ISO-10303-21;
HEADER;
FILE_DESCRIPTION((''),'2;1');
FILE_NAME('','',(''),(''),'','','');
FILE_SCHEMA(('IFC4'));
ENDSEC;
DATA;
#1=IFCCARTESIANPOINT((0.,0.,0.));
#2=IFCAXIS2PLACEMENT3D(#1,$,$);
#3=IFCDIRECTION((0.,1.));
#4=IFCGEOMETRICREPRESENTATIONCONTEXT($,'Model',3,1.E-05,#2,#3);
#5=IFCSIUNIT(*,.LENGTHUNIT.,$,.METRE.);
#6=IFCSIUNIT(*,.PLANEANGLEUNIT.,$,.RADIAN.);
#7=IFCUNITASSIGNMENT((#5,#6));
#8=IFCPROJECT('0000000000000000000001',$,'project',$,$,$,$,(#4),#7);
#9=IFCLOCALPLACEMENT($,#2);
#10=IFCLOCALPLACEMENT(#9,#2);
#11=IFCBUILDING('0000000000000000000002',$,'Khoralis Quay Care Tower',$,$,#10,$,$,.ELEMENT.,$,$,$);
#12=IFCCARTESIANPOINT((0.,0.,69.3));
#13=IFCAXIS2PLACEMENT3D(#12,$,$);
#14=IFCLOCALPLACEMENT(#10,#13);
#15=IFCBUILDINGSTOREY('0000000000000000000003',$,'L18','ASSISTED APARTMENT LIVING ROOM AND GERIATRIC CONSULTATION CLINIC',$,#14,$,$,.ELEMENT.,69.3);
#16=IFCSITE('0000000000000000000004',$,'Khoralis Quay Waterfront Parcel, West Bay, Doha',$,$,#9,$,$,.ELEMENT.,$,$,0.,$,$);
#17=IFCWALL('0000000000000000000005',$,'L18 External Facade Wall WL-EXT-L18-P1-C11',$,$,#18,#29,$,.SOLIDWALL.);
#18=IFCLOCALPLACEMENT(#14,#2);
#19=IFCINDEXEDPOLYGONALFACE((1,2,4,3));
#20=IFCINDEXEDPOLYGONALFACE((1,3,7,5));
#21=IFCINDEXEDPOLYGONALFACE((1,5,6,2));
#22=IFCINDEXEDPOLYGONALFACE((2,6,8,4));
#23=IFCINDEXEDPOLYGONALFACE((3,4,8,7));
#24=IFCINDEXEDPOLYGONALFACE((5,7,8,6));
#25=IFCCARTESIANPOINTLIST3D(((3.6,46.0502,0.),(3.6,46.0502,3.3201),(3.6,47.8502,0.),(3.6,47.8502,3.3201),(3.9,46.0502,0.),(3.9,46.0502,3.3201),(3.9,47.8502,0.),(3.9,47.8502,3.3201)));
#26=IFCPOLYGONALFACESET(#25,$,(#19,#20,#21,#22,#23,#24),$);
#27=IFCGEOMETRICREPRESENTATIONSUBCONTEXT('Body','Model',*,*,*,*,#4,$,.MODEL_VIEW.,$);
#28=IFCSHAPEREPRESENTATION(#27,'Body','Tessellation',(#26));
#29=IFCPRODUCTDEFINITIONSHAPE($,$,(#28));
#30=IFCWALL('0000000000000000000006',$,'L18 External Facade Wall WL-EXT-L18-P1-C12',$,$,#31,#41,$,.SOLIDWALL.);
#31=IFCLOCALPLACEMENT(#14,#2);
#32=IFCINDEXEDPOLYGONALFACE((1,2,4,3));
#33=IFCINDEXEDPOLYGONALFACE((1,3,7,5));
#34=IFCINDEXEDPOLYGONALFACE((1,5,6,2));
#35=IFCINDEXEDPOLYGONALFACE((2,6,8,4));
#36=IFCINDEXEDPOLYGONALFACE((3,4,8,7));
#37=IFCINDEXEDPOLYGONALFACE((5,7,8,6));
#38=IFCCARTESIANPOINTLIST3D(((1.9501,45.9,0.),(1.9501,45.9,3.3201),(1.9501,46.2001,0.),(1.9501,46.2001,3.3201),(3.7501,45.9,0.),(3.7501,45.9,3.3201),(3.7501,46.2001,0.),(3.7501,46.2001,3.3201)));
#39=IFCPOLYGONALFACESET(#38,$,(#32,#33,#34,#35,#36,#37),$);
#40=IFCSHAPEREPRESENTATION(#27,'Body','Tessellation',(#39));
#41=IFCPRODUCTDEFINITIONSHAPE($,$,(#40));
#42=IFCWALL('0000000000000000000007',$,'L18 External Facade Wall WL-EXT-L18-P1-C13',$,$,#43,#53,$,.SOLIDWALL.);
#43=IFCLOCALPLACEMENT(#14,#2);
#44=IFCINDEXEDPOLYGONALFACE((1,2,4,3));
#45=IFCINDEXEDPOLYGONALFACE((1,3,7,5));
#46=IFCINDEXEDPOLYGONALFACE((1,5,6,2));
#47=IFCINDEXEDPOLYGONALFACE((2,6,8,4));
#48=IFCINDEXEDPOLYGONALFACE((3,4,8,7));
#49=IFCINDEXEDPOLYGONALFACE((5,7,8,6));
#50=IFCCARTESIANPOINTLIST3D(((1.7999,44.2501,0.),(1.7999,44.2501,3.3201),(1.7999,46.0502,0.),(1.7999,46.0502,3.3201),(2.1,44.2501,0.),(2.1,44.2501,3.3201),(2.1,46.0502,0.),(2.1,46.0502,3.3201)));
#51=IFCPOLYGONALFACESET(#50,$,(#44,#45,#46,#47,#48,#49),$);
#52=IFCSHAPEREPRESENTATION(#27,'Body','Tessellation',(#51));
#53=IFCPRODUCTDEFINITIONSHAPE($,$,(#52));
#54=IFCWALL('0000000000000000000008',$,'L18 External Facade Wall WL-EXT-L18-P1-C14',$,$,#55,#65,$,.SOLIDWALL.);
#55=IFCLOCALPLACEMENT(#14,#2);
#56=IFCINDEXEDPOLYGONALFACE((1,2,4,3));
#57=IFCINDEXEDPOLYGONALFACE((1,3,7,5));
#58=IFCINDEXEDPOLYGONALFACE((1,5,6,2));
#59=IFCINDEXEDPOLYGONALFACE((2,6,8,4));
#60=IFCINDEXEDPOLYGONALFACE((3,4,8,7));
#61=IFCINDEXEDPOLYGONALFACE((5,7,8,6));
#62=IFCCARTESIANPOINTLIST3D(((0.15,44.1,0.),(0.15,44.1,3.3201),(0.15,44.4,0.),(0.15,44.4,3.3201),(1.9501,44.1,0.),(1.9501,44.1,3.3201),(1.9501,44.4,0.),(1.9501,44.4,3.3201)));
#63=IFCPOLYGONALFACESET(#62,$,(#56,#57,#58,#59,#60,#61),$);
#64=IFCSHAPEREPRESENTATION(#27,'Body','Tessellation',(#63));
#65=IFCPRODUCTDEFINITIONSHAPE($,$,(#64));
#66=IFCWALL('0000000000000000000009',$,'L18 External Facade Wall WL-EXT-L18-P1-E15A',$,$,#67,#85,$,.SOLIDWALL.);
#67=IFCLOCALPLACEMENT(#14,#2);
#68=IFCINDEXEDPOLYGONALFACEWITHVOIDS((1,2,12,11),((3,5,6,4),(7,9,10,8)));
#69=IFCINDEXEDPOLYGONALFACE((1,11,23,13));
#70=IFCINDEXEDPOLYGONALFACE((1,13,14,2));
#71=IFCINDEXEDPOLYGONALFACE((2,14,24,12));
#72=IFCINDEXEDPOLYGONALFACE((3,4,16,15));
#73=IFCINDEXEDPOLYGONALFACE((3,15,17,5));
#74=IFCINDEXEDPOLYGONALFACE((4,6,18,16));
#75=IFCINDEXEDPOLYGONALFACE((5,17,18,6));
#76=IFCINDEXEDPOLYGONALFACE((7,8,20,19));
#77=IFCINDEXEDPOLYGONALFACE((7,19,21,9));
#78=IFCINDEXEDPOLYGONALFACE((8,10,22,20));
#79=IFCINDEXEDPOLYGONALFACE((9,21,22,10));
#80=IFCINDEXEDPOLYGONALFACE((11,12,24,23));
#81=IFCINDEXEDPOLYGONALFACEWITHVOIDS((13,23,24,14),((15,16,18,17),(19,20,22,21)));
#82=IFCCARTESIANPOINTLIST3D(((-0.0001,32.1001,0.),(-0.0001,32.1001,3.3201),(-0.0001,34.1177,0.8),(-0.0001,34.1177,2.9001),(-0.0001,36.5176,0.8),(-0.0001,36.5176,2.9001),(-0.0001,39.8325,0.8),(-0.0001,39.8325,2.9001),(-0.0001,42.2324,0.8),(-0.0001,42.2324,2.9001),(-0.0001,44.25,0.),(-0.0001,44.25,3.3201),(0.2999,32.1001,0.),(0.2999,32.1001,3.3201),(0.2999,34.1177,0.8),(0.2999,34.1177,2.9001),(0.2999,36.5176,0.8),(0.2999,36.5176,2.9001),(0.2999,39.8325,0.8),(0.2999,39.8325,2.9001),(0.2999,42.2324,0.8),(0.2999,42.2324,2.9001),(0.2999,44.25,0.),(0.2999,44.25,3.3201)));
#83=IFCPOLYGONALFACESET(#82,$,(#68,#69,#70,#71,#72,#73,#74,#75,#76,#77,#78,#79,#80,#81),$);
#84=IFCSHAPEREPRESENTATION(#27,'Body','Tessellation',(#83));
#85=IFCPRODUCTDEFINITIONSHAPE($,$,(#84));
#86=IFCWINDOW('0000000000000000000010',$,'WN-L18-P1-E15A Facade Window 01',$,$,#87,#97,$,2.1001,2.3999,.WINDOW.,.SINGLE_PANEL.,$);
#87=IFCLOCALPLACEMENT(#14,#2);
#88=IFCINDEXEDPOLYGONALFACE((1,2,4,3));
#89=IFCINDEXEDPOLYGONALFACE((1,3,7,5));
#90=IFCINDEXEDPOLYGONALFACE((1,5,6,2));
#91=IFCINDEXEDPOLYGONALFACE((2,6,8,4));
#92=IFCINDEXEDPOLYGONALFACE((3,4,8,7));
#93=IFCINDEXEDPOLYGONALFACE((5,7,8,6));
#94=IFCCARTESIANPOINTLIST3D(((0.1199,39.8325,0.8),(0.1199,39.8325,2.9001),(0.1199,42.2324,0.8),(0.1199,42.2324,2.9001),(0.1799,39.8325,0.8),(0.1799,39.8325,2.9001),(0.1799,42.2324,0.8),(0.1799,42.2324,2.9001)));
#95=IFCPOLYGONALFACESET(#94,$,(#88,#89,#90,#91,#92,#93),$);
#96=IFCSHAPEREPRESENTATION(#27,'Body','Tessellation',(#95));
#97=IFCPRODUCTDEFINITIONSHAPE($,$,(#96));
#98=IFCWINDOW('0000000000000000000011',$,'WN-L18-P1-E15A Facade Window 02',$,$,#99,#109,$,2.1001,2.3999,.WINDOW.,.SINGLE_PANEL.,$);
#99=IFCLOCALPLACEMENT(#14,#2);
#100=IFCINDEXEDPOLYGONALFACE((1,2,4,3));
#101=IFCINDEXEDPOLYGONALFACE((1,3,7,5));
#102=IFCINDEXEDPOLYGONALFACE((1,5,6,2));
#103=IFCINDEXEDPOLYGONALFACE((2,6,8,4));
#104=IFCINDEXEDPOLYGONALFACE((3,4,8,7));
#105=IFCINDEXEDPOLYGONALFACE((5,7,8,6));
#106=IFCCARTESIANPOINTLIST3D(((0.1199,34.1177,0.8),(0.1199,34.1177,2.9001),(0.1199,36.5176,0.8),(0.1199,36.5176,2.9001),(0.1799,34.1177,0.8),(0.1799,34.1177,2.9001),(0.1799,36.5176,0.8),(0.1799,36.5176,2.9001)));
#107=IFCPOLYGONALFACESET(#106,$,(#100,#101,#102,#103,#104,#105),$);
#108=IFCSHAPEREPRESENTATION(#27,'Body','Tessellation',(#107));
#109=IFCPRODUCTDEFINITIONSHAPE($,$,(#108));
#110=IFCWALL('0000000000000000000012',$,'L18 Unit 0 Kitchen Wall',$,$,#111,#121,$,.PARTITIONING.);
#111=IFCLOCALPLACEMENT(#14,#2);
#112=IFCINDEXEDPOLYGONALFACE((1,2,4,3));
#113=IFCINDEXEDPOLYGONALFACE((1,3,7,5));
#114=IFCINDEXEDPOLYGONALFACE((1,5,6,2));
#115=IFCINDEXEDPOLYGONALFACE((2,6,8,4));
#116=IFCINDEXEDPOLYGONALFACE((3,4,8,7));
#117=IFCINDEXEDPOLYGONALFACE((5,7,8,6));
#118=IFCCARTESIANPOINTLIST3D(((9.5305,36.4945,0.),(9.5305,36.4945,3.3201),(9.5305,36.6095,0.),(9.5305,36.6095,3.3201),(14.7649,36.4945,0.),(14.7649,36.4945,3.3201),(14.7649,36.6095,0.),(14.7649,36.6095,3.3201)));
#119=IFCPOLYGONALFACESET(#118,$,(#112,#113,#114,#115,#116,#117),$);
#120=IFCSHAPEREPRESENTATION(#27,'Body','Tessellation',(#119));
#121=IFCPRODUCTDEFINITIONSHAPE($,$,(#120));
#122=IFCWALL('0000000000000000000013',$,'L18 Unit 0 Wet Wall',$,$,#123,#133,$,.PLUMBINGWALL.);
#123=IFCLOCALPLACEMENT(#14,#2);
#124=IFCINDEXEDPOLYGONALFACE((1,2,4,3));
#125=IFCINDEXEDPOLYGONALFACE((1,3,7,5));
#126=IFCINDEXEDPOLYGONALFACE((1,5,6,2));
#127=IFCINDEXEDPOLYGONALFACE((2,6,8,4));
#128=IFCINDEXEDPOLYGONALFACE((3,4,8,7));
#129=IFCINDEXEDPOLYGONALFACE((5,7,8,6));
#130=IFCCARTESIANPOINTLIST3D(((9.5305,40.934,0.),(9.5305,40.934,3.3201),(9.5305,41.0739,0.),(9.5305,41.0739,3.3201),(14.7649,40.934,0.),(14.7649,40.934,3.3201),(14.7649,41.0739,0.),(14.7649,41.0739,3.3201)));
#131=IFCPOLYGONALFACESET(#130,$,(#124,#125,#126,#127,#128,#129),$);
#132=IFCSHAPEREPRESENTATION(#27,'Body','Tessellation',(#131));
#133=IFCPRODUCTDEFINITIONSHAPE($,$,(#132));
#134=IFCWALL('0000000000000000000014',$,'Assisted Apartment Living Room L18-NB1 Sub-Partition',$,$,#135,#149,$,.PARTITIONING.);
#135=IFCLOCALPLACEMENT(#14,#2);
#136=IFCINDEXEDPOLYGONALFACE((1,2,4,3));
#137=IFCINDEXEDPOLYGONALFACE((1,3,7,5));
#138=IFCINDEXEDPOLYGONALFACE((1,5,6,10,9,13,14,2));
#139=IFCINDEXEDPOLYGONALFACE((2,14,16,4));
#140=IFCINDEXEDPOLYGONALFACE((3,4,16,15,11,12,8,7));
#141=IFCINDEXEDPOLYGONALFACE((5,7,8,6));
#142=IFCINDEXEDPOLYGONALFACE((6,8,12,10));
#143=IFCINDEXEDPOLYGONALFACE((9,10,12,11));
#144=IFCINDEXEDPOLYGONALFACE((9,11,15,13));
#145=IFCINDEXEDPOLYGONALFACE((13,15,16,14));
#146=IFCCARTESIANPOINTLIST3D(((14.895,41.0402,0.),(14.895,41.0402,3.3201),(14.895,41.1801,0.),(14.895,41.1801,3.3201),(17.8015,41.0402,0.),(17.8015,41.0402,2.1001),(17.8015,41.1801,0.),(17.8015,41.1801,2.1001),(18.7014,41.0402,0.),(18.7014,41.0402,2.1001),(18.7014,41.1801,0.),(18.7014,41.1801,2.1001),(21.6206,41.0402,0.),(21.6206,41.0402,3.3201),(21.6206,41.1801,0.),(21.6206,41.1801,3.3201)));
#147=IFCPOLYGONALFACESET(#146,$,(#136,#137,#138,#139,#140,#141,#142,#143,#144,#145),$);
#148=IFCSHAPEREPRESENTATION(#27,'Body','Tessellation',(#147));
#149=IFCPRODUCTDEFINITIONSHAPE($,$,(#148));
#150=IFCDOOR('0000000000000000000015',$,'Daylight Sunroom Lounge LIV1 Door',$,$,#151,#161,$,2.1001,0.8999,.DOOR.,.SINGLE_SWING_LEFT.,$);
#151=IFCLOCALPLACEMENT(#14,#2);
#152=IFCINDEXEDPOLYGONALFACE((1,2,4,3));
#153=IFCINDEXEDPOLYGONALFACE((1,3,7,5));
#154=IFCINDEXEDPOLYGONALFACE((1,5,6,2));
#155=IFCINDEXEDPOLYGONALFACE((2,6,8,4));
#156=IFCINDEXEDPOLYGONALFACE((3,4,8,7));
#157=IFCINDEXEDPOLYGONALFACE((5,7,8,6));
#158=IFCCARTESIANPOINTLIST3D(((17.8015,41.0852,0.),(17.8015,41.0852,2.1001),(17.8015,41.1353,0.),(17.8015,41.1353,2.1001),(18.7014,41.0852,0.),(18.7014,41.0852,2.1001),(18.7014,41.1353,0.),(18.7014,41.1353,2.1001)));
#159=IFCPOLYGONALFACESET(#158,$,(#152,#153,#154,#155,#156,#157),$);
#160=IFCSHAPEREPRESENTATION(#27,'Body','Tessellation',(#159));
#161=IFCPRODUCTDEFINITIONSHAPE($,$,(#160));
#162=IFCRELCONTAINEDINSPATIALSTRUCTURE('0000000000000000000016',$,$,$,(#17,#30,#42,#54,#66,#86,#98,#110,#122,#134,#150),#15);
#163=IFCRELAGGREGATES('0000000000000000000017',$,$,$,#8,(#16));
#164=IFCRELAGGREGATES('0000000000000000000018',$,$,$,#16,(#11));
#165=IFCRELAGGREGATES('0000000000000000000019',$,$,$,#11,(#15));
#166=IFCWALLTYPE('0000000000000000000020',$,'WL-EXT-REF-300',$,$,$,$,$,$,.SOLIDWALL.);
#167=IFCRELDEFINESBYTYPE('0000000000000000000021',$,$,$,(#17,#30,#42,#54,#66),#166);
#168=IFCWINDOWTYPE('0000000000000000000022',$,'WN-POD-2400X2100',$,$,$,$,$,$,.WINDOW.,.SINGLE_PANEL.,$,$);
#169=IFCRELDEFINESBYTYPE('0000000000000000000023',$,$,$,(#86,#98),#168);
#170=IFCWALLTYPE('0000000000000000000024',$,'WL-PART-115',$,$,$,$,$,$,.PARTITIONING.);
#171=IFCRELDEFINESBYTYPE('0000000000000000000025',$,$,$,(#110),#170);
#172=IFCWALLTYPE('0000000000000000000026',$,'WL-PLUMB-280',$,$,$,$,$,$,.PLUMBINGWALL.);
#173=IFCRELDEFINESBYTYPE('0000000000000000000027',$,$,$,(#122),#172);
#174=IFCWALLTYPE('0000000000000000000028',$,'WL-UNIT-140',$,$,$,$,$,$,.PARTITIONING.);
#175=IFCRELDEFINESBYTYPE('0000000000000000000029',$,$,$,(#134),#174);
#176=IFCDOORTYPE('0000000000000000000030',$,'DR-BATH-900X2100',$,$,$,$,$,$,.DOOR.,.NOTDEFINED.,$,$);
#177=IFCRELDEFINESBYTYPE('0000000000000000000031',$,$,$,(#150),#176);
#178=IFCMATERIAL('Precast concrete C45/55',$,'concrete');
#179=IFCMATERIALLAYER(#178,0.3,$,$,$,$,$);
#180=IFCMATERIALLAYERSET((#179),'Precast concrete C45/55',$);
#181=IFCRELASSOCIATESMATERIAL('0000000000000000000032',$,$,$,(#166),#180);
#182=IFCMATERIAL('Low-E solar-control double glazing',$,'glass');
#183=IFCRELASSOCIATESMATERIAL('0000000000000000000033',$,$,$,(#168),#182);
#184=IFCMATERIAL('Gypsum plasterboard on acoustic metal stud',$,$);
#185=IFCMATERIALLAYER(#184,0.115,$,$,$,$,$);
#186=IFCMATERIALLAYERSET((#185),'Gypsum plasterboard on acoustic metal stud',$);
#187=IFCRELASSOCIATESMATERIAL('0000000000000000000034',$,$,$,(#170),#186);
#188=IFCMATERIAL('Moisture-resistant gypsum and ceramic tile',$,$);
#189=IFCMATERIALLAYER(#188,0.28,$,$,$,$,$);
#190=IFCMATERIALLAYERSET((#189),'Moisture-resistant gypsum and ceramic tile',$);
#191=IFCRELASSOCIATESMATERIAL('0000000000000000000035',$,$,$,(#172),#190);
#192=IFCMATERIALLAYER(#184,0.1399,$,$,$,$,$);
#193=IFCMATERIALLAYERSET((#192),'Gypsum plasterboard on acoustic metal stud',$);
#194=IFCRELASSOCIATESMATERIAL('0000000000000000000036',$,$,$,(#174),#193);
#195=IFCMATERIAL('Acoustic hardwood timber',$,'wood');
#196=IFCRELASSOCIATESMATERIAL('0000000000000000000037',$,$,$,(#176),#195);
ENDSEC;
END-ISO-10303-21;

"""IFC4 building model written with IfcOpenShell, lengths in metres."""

from ifc_helpers import new_model, si_unit, direction, frame, frame_2d, origin, place, context, subcontext, project, spatial, rectangle, extrude, source, transform, mapped, material, layer, layer_set, type_object, element, fill, save


model = new_model("IFC4")

# Units and contexts
model_context = context("Model", 3, precision=1e-05, world=origin(), true_north=direction((0.0, 1.0)))
body_context = subcontext(model_context, "Body", "Model", "MODEL_VIEW")
ifc_project = project(units=[si_unit("LENGTHUNIT", "METRE"), si_unit("PLANEANGLEUNIT", "RADIAN")], contexts=[model_context])

# Site, building, storey
site_placement = place(None, origin())
site = spatial("IfcSite", under=ifc_project, at=site_placement, Name="Khoralis Quay Waterfront Parcel, West Bay, Doha", CompositionType="ELEMENT", RefElevation=0.0)
building_placement = place(site_placement, origin())
building = spatial("IfcBuilding", under=site, at=building_placement, Name="Khoralis Quay Care Tower", CompositionType="ELEMENT")
storey_placement = place(building_placement, frame((0.0, 0.0, 69.3)))
storey = spatial("IfcBuildingStorey", under=building, at=storey_placement, Name="L18", Description="ASSISTED APARTMENT LIVING ROOM AND GERIATRIC CONSULTATION CLINIC", CompositionType="ELEMENT", Elevation=69.3)

# Walls
ifc_material_1 = material(Name="Precast concrete C45/55", Category="concrete")
ifc_layer_1 = layer(ifc_material_1, 0.3)
ifc_layer_set_1 = layer_set([ifc_layer_1], Name="Precast concrete C45/55")
wall_type_1 = type_object("IfcWallType", Name="WL-EXT-REF-300", PredefinedType="SOLIDWALL", material=ifc_layer_set_1)
for number, where, z_axis, x_axis, name in (
    (1, (3.75, 47.8501, 0.0), (0.0, 0.0, 1.0), (0.0, -1.0, 0.0), "L18 External Facade Wall WL-EXT-L18-P1-C11"),
    (2, (3.75, 46.05, 0.0), (0.0, 0.0, 1.0), (-1.0, 0.0, 0.0), "L18 External Facade Wall WL-EXT-L18-P1-C12"),
    (3, (1.95, 46.05, 0.0), (0.0, 0.0, 1.0), (0.0, -1.0, 0.0), "L18 External Facade Wall WL-EXT-L18-P1-C13"),
    (4, (1.95, 44.25, 0.0), (0.0, 0.0, 1.0), (-1.0, 0.0, 0.0), "L18 External Facade Wall WL-EXT-L18-P1-C14"),
):
    element("IfcWall", number, at=place(storey_placement, frame(where, z_axis=z_axis, x_axis=x_axis)), inside=storey, type_object=wall_type_1, Name=name, PredefinedType="SOLIDWALL", context=body_context, shape_type="SweptSolid", body=[
        extrude(rectangle(XDim=1.8, YDim=0.3, at=frame_2d((0.8999, 0.0))), origin(), (0.0, 0.0, 1.0), 3.3201),
    ])

# Wall, openings, windows
wall_1_placement = place(storey_placement, frame((0.1499, 44.25, 0.0), z_axis=(0.0, 0.0, 1.0), x_axis=(0.0, -1.0, 0.0)))
wall_1 = element("IfcWall", 5, at=wall_1_placement, inside=storey, type_object=wall_type_1, Name="L18 External Facade Wall WL-EXT-L18-P1-E15A", PredefinedType="SOLIDWALL", context=body_context, shape_type="SweptSolid", body=[
    extrude(rectangle(XDim=12.1499, YDim=0.3, at=frame_2d((6.075, 0.0))), origin(), (0.0, 0.0, 1.0), 3.3201),
])
opening_1_placement = place(wall_1_placement, frame((2.0176, 0.0, 0.8)))
opening_1 = element("IfcOpeningElement", 6, at=opening_1_placement, cuts=wall_1, PredefinedType="OPENING", context=body_context, shape_type="SweptSolid", body=[
    extrude(rectangle(XDim=2.3999, YDim=2.1001, at=frame_2d((1.2, 1.05))), frame((0.0, 0.1602, 0.0), z_axis=(0.0, -1.0, 0.0), x_axis=(1.0, 0.0, 0.0)), (0.0, 0.0, 1.0), 0.3201),
])
opening_2_placement = place(wall_1_placement, frame((7.7324, 0.0, 0.8)))
opening_2 = element("IfcOpeningElement", 7, at=opening_2_placement, cuts=wall_1, PredefinedType="OPENING", context=body_context, shape_type="SweptSolid", body=[
    extrude(rectangle(XDim=2.3999, YDim=2.1001, at=frame_2d((1.2, 1.05))), frame((0.0, 0.1602, 0.0), z_axis=(0.0, -1.0, 0.0), x_axis=(1.0, 0.0, 0.0)), (0.0, 0.0, 1.0), 0.3201),
])
ifc_material_2 = material(Name="Low-E solar-control double glazing", Category="glass")
window_type = type_object("IfcWindowType", Name="WN-POD-2400X2100", PartitioningType="SINGLE_PANEL", PredefinedType="WINDOW", material=ifc_material_2)
shared_shape_1 = source(origin(), body_context, "Body", "SweptSolid", [
    extrude(rectangle(XDim=2.3999, YDim=2.1001, at=frame_2d((1.2, 1.05))), frame((0.0, 0.03, 0.0), z_axis=(0.0, -1.0, 0.0), x_axis=(1.0, 0.0, 0.0)), (0.0, 0.0, 1.0), 0.0601),
])
window_1_placement = place(opening_1_placement, origin())
window_1 = element("IfcWindow", 8, at=window_1_placement, inside=storey, type_object=window_type, Name="WN-L18-P1-E15A Facade Window 01", OverallHeight=2.1001, OverallWidth=2.3999, PartitioningType="SINGLE_PANEL", PredefinedType="WINDOW", context=body_context, shape_type="MappedRepresentation", body=[
    mapped(shared_shape_1, transform((0.0, 0.0, 0.0), scale=1.0)),
])
fill(opening_1, window_1)
window_2_placement = place(opening_2_placement, origin())
window_2 = element("IfcWindow", 9, at=window_2_placement, inside=storey, type_object=window_type, Name="WN-L18-P1-E15A Facade Window 02", OverallHeight=2.1001, OverallWidth=2.3999, PartitioningType="SINGLE_PANEL", PredefinedType="WINDOW", context=body_context, shape_type="MappedRepresentation", body=[
    mapped(shared_shape_1, transform((0.0, 0.0, 0.0), scale=1.0)),
])
fill(opening_2, window_2)

# Walls
ifc_material_3 = material(Name="Gypsum plasterboard on acoustic metal stud")
ifc_layer_2 = layer(ifc_material_3, 0.115)
ifc_layer_set_2 = layer_set([ifc_layer_2], Name="Gypsum plasterboard on acoustic metal stud")
wall_type_2 = type_object("IfcWallType", Name="WL-PART-115", PredefinedType="PARTITIONING", material=ifc_layer_set_2)
wall_2_placement = place(storey_placement, frame((9.5305, 36.552, 0.0), z_axis=(0.0, 0.0, 1.0), x_axis=(1.0, 0.0, 0.0)))
element("IfcWall", 10, at=wall_2_placement, inside=storey, type_object=wall_type_2, Name="L18 Unit 0 Kitchen Wall", PredefinedType="PARTITIONING", context=body_context, shape_type="SweptSolid", body=[
    extrude(rectangle(XDim=5.2344, YDim=0.115, at=frame_2d((2.6172, 0.0))), origin(), (0.0, 0.0, 1.0), 3.3201),
])
ifc_material_4 = material(Name="Moisture-resistant gypsum and ceramic tile")
ifc_layer_3 = layer(ifc_material_4, 0.28)
ifc_layer_set_3 = layer_set([ifc_layer_3], Name="Moisture-resistant gypsum and ceramic tile")
wall_type_3 = type_object("IfcWallType", Name="WL-PLUMB-280", PredefinedType="PLUMBINGWALL", material=ifc_layer_set_3)
wall_3_placement = place(storey_placement, frame((9.5305, 41.0039, 0.0), z_axis=(0.0, 0.0, 1.0), x_axis=(1.0, 0.0, 0.0)))
element("IfcWall", 11, at=wall_3_placement, inside=storey, type_object=wall_type_3, Name="L18 Unit 0 Wet Wall", PredefinedType="PLUMBINGWALL", context=body_context, shape_type="SweptSolid", body=[
    extrude(rectangle(XDim=5.2344, YDim=0.1399, at=frame_2d((2.6172, 0.0))), origin(), (0.0, 0.0, 1.0), 3.3201),
])

# Wall, opening, door
ifc_layer_4 = layer(ifc_material_3, 0.1399)
ifc_layer_set_4 = layer_set([ifc_layer_4], Name="Gypsum plasterboard on acoustic metal stud")
wall_type_4 = type_object("IfcWallType", Name="WL-UNIT-140", PredefinedType="PARTITIONING", material=ifc_layer_set_4)
wall_4_placement = place(storey_placement, frame((14.895, 41.1101, 0.0), z_axis=(0.0, 0.0, 1.0), x_axis=(1.0, 0.0, 0.0)))
wall_4 = element("IfcWall", 12, at=wall_4_placement, inside=storey, type_object=wall_type_4, Name="Assisted Apartment Living Room L18-NB1 Sub-Partition", PredefinedType="PARTITIONING", context=body_context, shape_type="SweptSolid", body=[
    extrude(rectangle(XDim=6.7256, YDim=0.1399, at=frame_2d((3.3628, 0.0))), origin(), (0.0, 0.0, 1.0), 3.3201),
])
opening_3_placement = place(wall_4_placement, frame((2.9065, 0.0, 0.0)))
opening_3 = element("IfcOpeningElement", 13, at=opening_3_placement, cuts=wall_4, PredefinedType="OPENING", context=body_context, shape_type="SweptSolid", body=[
    extrude(rectangle(XDim=0.8999, YDim=2.1001, at=frame_2d((0.45, 1.05))), frame((0.0, 0.0801, 0.0), z_axis=(0.0, -1.0, 0.0), x_axis=(1.0, 0.0, 0.0)), (0.0, 0.0, 1.0), 0.1599),
])
ifc_material_5 = material(Name="Acoustic hardwood timber", Category="wood")
door_type = type_object("IfcDoorType", Name="DR-BATH-900X2100", OperationType="NOTDEFINED", PredefinedType="DOOR", material=ifc_material_5)
shared_shape_2 = source(origin(), body_context, "Body", "SweptSolid", [
    extrude(rectangle(XDim=0.8999, YDim=2.1001, at=frame_2d((0.45, 1.05))), frame((0.0, 0.0249, 0.0), z_axis=(0.0, -1.0, 0.0), x_axis=(1.0, 0.0, 0.0)), (0.0, 0.0, 1.0), 0.05),
])
door_placement = place(opening_3_placement, frame((0.8999, 0.0, 0.0), z_axis=(0.0, 0.0, 1.0), x_axis=(-1.0, 0.0, 0.0)))
door = element("IfcDoor", 14, at=door_placement, inside=storey, type_object=door_type, Name="Daylight Sunroom Lounge LIV1 Door", OperationType="SINGLE_SWING_LEFT", OverallHeight=2.1001, OverallWidth=0.8999, PredefinedType="DOOR", context=body_context, shape_type="MappedRepresentation", body=[
    mapped(shared_shape_2, transform((0.0, 0.0, 0.0), scale=1.0)),
])
fill(opening_3, door)

save(model, "model.ifc")
